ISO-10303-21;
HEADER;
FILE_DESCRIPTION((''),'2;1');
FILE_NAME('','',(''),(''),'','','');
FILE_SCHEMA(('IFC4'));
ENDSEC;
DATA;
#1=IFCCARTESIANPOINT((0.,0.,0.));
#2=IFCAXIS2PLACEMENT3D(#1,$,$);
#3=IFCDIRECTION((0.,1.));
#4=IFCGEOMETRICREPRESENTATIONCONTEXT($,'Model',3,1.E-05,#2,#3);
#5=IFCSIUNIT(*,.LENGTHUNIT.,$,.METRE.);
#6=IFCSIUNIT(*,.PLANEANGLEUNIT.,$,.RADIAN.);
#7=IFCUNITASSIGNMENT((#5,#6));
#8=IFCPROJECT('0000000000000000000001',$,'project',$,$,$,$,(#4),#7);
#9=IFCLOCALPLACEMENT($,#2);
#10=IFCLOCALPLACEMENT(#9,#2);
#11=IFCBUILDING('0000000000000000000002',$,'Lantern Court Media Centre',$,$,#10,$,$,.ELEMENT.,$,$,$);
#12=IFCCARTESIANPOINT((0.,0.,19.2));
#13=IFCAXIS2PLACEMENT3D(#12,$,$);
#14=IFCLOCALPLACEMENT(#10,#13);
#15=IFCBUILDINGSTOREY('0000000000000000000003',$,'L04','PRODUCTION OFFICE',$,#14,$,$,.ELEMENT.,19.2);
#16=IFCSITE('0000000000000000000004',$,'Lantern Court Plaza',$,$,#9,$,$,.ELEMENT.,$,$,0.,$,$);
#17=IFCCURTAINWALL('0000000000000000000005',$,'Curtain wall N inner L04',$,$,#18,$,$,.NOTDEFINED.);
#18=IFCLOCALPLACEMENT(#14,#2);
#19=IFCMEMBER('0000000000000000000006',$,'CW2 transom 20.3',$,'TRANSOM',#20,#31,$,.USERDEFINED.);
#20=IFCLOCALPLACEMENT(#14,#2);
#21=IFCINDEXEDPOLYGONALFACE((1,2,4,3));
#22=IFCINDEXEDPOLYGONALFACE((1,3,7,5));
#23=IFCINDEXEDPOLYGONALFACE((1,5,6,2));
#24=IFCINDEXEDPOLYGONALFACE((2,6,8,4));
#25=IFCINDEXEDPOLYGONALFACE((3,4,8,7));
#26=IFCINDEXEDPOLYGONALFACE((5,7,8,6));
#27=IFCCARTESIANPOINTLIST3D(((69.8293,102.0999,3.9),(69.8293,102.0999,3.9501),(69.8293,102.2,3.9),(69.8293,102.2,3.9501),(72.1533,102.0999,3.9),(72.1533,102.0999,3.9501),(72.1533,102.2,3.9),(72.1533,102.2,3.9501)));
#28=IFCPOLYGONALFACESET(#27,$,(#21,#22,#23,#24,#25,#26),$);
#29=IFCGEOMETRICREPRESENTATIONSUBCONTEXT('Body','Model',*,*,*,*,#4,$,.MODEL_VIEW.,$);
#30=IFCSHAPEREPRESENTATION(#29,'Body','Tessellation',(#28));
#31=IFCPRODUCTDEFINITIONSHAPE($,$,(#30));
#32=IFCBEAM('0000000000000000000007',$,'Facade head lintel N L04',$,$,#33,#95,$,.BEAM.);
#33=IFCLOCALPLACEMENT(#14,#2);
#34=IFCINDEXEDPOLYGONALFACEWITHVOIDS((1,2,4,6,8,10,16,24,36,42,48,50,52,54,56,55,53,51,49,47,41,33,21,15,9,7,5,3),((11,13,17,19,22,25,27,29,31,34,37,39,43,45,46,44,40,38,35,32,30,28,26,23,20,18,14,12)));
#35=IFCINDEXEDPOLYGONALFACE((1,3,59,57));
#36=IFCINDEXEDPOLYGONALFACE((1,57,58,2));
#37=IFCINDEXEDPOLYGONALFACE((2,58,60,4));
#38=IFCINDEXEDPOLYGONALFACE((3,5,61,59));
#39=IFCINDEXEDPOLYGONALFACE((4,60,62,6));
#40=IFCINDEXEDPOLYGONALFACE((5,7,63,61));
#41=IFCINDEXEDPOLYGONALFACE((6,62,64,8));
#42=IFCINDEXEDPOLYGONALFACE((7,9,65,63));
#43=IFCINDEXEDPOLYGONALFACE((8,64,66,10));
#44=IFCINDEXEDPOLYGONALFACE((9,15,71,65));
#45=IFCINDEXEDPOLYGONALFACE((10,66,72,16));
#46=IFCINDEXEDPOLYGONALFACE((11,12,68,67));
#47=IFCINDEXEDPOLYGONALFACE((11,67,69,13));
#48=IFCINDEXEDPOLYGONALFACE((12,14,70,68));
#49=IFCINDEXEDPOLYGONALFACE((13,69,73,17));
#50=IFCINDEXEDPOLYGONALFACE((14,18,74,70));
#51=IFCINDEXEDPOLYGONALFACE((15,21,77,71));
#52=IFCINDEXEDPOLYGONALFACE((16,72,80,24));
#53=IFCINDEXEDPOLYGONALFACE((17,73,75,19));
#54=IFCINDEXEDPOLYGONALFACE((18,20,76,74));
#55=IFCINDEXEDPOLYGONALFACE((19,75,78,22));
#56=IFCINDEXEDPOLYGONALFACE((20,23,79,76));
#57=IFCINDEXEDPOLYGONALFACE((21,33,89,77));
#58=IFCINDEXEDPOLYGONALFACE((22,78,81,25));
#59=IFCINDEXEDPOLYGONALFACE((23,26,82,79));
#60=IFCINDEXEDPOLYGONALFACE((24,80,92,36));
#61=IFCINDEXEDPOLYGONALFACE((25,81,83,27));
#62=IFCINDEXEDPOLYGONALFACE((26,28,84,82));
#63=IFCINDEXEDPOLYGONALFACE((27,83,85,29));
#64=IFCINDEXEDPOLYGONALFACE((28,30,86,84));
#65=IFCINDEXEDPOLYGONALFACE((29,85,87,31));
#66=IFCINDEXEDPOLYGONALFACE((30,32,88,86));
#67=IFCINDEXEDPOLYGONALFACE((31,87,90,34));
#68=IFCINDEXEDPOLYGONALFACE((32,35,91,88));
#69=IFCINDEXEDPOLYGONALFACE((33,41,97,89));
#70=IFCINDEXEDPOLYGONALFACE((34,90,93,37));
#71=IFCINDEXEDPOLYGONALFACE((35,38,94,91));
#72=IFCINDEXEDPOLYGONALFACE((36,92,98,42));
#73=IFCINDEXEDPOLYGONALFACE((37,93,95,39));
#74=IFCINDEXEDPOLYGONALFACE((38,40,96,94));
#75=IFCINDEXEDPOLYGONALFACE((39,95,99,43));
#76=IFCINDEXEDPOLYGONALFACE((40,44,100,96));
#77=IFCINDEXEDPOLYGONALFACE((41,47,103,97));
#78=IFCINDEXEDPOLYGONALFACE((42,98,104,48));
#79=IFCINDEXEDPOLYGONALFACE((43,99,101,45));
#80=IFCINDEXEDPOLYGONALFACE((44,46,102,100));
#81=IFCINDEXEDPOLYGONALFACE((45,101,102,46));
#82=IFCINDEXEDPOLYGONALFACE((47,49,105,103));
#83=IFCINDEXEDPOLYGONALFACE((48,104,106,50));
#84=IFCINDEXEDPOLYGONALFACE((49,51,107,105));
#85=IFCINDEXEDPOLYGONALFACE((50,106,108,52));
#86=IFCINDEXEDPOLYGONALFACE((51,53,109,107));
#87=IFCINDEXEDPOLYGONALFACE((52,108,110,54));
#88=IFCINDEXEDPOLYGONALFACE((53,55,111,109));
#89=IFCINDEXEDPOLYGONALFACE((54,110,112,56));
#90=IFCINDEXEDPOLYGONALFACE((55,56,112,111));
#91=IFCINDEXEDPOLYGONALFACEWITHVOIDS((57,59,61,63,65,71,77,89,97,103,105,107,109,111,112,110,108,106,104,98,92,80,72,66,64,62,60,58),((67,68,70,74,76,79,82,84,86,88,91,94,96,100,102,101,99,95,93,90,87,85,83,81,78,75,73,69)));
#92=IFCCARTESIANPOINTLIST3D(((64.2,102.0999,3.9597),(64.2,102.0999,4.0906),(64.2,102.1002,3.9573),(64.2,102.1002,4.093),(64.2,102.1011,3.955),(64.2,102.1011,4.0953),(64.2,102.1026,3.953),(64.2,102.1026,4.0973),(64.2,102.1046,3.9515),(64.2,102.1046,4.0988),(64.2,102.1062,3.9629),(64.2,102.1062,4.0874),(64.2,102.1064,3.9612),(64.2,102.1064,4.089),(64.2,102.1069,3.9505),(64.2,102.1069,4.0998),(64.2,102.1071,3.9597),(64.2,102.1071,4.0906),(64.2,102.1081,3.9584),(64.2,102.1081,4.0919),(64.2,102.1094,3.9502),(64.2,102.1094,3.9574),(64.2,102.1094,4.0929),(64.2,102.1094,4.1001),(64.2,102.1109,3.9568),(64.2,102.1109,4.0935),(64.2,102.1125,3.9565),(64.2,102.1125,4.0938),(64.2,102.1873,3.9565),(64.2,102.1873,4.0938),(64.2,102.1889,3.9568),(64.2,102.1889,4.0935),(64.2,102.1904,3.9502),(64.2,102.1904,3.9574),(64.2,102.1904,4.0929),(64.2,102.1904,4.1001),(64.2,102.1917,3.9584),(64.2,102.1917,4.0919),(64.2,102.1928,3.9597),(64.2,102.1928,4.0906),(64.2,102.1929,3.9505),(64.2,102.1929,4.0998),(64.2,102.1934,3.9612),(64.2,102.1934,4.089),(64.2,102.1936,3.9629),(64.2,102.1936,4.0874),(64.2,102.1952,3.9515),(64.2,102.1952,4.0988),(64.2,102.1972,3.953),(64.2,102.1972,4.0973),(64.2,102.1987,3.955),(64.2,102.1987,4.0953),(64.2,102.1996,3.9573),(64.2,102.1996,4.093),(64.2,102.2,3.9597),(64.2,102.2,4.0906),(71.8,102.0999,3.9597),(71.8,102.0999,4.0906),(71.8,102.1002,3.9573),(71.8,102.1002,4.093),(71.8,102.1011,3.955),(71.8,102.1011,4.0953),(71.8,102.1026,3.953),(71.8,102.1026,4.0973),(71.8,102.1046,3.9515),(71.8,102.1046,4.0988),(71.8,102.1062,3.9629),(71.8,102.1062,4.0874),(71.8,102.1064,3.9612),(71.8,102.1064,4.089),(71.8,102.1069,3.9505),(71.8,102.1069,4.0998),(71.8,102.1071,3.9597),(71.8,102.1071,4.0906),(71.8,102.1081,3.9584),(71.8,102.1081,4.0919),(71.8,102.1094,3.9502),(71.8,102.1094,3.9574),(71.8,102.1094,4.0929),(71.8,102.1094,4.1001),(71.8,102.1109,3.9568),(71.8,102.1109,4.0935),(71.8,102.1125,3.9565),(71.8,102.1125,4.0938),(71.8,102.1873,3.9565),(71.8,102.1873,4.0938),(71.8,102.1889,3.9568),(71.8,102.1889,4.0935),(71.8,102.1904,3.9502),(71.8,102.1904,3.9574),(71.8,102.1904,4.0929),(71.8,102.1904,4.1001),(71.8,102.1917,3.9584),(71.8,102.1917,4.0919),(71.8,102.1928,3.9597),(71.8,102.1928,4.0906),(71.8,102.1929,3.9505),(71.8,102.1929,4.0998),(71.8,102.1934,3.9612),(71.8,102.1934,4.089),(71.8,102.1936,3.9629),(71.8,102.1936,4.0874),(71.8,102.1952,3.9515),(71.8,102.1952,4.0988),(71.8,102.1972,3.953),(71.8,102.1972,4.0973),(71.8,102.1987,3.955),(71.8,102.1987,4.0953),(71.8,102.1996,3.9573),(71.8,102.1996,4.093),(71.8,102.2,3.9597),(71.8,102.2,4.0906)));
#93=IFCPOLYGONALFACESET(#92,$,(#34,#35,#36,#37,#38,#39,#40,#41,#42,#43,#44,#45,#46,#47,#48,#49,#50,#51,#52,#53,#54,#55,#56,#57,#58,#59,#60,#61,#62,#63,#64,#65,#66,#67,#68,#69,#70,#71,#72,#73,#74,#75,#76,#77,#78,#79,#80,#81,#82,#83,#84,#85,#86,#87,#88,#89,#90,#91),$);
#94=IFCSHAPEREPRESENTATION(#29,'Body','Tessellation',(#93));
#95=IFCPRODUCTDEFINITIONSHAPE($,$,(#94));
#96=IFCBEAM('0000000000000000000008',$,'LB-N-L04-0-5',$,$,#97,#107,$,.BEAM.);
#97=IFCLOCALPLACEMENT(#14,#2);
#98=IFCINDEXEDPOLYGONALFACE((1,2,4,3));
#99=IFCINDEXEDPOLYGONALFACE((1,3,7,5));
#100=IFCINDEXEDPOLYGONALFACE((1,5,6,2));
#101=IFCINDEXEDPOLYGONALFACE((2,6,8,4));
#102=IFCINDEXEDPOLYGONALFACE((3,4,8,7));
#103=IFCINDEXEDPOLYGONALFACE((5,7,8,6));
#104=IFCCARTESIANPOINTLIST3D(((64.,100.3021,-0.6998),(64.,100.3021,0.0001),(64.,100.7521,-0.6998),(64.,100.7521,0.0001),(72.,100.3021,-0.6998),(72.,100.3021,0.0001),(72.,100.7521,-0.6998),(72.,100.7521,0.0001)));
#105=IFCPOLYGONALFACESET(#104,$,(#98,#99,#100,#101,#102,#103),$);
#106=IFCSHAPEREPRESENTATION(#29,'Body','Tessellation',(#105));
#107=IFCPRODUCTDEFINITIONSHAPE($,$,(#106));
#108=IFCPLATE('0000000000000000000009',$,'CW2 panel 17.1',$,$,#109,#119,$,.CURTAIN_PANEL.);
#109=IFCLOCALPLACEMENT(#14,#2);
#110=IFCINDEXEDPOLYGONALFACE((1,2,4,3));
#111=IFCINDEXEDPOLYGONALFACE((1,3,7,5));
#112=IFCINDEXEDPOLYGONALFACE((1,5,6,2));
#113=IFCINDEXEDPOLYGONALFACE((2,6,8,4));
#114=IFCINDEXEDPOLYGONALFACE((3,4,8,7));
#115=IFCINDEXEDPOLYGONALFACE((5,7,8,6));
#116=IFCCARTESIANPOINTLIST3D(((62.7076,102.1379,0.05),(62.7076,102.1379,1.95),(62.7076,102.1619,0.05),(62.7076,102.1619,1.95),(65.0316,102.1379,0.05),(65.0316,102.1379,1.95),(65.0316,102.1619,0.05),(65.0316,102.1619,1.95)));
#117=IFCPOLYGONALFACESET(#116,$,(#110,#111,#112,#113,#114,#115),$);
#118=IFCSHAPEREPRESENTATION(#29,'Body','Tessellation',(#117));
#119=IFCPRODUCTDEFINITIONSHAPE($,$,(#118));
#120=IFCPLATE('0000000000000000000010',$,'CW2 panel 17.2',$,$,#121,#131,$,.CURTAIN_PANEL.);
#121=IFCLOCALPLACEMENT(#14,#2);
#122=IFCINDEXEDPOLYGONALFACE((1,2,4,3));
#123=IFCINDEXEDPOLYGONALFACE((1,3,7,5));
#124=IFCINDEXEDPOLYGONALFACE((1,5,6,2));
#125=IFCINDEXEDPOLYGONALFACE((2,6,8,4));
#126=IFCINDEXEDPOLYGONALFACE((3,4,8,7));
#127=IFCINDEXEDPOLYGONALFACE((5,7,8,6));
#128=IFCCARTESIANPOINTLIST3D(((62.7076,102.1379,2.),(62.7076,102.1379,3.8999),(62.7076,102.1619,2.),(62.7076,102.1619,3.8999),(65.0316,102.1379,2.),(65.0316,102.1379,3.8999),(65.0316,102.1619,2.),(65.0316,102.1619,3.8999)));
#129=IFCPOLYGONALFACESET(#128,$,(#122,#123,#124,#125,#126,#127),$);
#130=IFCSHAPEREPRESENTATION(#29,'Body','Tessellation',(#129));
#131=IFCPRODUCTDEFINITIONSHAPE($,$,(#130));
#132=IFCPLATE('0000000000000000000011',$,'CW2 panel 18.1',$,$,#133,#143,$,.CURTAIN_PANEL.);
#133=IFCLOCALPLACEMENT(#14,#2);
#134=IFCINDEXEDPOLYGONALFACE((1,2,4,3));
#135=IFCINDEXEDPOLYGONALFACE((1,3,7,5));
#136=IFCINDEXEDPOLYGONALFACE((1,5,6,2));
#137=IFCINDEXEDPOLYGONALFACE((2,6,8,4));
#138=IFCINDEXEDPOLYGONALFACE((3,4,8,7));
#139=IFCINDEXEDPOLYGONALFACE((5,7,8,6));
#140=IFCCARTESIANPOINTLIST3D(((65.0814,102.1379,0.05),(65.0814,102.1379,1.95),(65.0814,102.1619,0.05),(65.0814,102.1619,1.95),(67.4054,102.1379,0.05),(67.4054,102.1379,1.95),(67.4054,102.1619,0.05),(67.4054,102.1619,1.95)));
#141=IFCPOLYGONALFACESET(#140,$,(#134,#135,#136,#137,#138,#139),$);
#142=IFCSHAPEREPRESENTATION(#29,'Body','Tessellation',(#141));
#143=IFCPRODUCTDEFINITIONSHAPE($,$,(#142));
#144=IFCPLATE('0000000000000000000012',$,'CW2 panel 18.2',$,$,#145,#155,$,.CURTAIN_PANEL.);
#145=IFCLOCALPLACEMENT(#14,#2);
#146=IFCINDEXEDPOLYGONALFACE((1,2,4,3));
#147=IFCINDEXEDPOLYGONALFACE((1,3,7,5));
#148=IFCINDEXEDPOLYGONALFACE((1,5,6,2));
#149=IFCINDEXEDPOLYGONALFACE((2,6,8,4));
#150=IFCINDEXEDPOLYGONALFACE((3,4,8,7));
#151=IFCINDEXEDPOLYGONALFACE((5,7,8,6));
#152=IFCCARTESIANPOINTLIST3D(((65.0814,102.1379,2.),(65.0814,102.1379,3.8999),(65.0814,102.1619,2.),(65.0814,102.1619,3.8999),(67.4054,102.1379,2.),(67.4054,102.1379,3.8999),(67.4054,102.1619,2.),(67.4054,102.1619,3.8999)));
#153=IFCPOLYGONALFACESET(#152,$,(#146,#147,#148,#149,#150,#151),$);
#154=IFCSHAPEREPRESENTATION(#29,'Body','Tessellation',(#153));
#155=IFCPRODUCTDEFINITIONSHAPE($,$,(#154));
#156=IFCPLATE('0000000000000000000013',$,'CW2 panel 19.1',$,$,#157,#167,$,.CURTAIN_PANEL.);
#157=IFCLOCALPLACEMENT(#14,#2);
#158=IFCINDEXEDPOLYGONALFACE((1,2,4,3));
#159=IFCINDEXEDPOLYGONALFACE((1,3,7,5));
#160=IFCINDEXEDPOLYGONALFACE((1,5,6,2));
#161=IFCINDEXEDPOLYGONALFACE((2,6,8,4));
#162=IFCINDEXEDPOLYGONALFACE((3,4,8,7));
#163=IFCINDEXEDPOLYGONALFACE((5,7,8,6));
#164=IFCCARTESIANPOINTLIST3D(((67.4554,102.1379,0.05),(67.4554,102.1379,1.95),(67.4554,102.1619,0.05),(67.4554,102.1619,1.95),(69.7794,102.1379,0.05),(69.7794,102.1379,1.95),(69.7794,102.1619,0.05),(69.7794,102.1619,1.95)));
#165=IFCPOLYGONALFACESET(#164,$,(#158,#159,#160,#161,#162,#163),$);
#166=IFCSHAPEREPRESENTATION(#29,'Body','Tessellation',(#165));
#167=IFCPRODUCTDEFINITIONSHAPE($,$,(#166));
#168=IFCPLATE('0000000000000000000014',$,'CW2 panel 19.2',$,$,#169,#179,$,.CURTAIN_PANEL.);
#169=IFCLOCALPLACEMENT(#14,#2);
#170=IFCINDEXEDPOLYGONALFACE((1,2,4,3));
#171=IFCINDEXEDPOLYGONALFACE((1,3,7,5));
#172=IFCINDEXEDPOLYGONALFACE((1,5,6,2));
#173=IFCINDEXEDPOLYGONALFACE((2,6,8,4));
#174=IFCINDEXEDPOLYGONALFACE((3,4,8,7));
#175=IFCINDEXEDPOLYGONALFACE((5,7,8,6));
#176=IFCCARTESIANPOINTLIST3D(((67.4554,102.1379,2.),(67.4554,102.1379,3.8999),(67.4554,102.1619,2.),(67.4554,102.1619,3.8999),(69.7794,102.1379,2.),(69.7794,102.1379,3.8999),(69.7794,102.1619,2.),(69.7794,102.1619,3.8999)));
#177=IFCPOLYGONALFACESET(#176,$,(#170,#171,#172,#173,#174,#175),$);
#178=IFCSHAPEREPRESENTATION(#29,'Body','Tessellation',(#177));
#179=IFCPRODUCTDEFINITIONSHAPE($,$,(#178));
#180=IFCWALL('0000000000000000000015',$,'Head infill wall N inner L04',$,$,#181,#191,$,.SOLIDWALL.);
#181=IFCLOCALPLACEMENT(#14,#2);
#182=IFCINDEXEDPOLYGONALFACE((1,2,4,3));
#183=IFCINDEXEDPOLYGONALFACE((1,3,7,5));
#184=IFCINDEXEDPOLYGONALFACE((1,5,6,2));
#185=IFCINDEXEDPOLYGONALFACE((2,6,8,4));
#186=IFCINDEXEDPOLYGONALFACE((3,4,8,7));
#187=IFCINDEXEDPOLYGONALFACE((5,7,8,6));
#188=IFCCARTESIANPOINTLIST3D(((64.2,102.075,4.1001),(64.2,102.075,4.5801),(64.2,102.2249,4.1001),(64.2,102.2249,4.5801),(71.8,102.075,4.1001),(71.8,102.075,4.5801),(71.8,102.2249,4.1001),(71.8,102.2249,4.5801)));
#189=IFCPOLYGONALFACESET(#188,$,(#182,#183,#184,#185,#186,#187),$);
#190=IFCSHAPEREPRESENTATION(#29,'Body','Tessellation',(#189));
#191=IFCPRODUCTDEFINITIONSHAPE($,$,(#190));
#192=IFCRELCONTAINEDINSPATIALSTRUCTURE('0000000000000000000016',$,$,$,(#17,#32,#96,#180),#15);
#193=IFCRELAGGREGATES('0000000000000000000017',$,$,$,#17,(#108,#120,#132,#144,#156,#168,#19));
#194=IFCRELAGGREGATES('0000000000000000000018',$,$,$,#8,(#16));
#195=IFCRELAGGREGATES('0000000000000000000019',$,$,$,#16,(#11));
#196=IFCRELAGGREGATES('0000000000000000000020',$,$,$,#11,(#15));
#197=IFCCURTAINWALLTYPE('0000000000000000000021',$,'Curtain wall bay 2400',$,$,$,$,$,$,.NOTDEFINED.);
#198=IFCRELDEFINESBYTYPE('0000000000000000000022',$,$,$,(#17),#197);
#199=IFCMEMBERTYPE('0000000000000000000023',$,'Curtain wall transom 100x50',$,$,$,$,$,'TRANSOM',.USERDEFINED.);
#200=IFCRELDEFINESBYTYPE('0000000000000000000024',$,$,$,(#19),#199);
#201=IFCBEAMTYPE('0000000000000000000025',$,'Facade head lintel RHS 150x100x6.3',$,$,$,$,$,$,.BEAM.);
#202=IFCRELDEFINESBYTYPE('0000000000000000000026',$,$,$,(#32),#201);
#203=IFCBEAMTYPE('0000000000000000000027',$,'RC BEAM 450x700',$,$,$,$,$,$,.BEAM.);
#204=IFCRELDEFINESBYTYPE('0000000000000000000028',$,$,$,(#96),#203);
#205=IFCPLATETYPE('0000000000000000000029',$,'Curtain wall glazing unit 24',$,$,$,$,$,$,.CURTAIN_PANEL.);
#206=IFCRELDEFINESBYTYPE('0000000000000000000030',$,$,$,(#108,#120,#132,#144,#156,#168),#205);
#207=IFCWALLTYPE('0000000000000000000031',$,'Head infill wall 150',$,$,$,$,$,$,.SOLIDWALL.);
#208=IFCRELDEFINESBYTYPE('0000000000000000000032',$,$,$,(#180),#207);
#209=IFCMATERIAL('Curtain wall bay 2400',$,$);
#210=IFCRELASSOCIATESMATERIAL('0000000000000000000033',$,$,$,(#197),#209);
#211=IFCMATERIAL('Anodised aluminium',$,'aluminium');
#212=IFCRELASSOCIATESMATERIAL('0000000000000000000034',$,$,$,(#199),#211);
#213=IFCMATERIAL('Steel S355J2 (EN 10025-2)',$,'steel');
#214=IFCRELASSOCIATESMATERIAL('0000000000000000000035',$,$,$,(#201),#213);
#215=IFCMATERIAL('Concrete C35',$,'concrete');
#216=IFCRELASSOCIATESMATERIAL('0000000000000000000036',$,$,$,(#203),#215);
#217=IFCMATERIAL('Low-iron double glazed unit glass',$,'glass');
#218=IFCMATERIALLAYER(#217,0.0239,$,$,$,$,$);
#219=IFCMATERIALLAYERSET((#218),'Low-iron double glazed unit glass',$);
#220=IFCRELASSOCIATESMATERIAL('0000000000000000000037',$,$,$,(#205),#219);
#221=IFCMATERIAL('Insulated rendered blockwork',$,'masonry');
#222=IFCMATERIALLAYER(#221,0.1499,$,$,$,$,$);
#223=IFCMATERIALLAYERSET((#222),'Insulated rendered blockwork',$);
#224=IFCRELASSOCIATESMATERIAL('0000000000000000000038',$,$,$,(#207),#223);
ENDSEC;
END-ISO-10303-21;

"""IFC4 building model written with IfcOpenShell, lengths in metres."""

from ifc_helpers import new_model, si_unit, direction, frame, frame_2d, origin, origin_2d, place, context, subcontext, project, spatial, rectangle, hollow_rectangle, extrude, material, layer, layer_set, material_profile, profile_set, type_object, element, aggregate, save


model = new_model("IFC4")

# Units and contexts
model_context = context("Model", 3, precision=1e-05, world=origin(), true_north=direction((0.0, 1.0)))
body_context = subcontext(model_context, "Body", "Model", "MODEL_VIEW")
ifc_project = project(units=[si_unit("LENGTHUNIT", "METRE"), si_unit("PLANEANGLEUNIT", "RADIAN")], contexts=[model_context])

# Site, building, storey
site_placement = place(None, origin())
site = spatial("IfcSite", under=ifc_project, at=site_placement, Name="Lantern Court Plaza", CompositionType="ELEMENT", RefElevation=0.0)
building_placement = place(site_placement, origin())
building = spatial("IfcBuilding", under=site, at=building_placement, Name="Lantern Court Media Centre", CompositionType="ELEMENT")
storey_placement = place(building_placement, frame((0.0, 0.0, 19.2)))
storey = spatial("IfcBuildingStorey", under=building, at=storey_placement, Name="L04", Description="PRODUCTION OFFICE", CompositionType="ELEMENT", Elevation=19.2)

# Shared definitions
ifc_material_1 = material(Name="Concrete C35", Category="concrete")

# Curtain wall, member
ifc_material_2 = material(Name="Curtain wall bay 2400")
curtain_wall_type = type_object("IfcCurtainWallType", Name="Curtain wall bay 2400", PredefinedType="NOTDEFINED", material=ifc_material_2)
curtain_wall_placement = place(storey_placement, origin())
curtain_wall = element("IfcCurtainWall", 1, at=curtain_wall_placement, inside=storey, type_object=curtain_wall_type, Name="Curtain wall N inner L04", PredefinedType="NOTDEFINED")
ifc_material_3 = material(Name="Anodised aluminium", Category="aluminium")
ifc_material_profile_1 = material_profile(ifc_material_3, rectangle(XDim=0.1001, YDim=0.05, at=origin_2d()), Name="AL 50x100")
ifc_profile_set_1 = profile_set([ifc_material_profile_1], Name="Anodised aluminium")
member_type_1 = type_object("IfcMemberType", Name="Curtain wall transom 100x50", ElementType="TRANSOM", PredefinedType="USERDEFINED", material=ifc_profile_set_1)
member_1_placement = place(storey_placement, frame((69.8293, 102.1499, 3.925), z_axis=(1.0, 0.0, 0.0), x_axis=(0.0, 1.0, 0.0)))
member_1 = element("IfcMember", 2, at=member_1_placement, type_object=member_type_1, Name="CW2 transom 20.3", ObjectType="TRANSOM", PredefinedType="USERDEFINED", context=body_context, shape_type="SweptSolid", body=[
    extrude(rectangle(XDim=0.1001, YDim=0.05, at=origin_2d()), origin(), (0.0, 0.0, 1.0), 2.324),
])

# Beams
ifc_material_4 = material(Name="Steel S355J2 (EN 10025-2)", Category="steel")
ifc_material_profile_2 = material_profile(ifc_material_4, hollow_rectangle(XDim=0.1001, YDim=0.1499, WallThickness=0.0063, InnerFilletRadius=0.0063, OuterFilletRadius=0.0095, at=origin_2d()), Name="Facade head lintel RHS 150x100x6.3")
ifc_profile_set_2 = profile_set([ifc_material_profile_2], Name="Steel S355J2 (EN 10025-2)")
beam_type_1 = type_object("IfcBeamType", Name="Facade head lintel RHS 150x100x6.3", PredefinedType="BEAM", material=ifc_profile_set_2)
beam_1_placement = place(storey_placement, frame((64.2, 102.1499, 4.0251), z_axis=(1.0, 0.0, 0.0), x_axis=(0.0, 1.0, 0.0)))
element("IfcBeam", 3, at=beam_1_placement, inside=storey, type_object=beam_type_1, Name="Facade head lintel N L04", PredefinedType="BEAM", context=body_context, shape_type="SweptSolid", body=[
    extrude(hollow_rectangle(XDim=0.1001, YDim=0.1499, WallThickness=0.0063, InnerFilletRadius=0.0063, OuterFilletRadius=0.0095, at=origin_2d()), origin(), (0.0, 0.0, 1.0), 7.6001),
])
ifc_material_profile_3 = material_profile(ifc_material_1, rectangle(XDim=0.45, YDim=0.7, at=origin_2d()), Name="RC 450x700")
ifc_profile_set_3 = profile_set([ifc_material_profile_3], Name="Concrete C35")
beam_type_2 = type_object("IfcBeamType", Name="RC BEAM 450x700", PredefinedType="BEAM", material=ifc_profile_set_3)
beam_2_placement = place(storey_placement, frame((64.0, 100.5271, -0.3499), z_axis=(1.0, 0.0, 0.0), x_axis=(0.0, 1.0, 0.0)))
element("IfcBeam", 4, at=beam_2_placement, inside=storey, type_object=beam_type_2, Name="LB-N-L04-0-5", PredefinedType="BEAM", context=body_context, shape_type="SweptSolid", body=[
    extrude(rectangle(XDim=0.45, YDim=0.7, at=origin_2d()), origin(), (0.0, 0.0, 1.0), 8.0),
])

# Plates
ifc_material_5 = material(Name="Low-iron double glazed unit glass", Category="glass")
ifc_layer_1 = layer(ifc_material_5, 0.0239)
ifc_layer_set_1 = layer_set([ifc_layer_1], Name="Low-iron double glazed unit glass")
plate_type = type_object("IfcPlateType", Name="Curtain wall glazing unit 24", PredefinedType="CURTAIN_PANEL", material=ifc_layer_set_1)
plate_1_placement = place(storey_placement, frame((63.8696, 102.1499, 0.05), z_axis=(0.0, 0.0, 1.0), x_axis=(1.0, 0.0, 0.0)))
plate_1 = element("IfcPlate", 5, at=plate_1_placement, type_object=plate_type, Name="CW2 panel 17.1", PredefinedType="CURTAIN_PANEL", context=body_context, shape_type="SweptSolid", body=[
    extrude(rectangle(XDim=2.324, YDim=0.0239, at=origin_2d()), origin(), (0.0, 0.0, 1.0), 1.8999),
])
plate_2_placement = place(storey_placement, frame((63.8696, 102.1499, 2.0), z_axis=(0.0, 0.0, 1.0), x_axis=(1.0, 0.0, 0.0)))
plate_2 = element("IfcPlate", 6, at=plate_2_placement, type_object=plate_type, Name="CW2 panel 17.2", PredefinedType="CURTAIN_PANEL", context=body_context, shape_type="SweptSolid", body=[
    extrude(rectangle(XDim=2.324, YDim=0.0239, at=origin_2d()), origin(), (0.0, 0.0, 1.0), 1.8999),
])
plate_3_placement = place(storey_placement, frame((66.2434, 102.1499, 0.05), z_axis=(0.0, 0.0, 1.0), x_axis=(1.0, 0.0, 0.0)))
plate_3 = element("IfcPlate", 7, at=plate_3_placement, type_object=plate_type, Name="CW2 panel 18.1", PredefinedType="CURTAIN_PANEL", context=body_context, shape_type="SweptSolid", body=[
    extrude(rectangle(XDim=2.324, YDim=0.0239, at=origin_2d()), origin(), (0.0, 0.0, 1.0), 1.8999),
])
plate_4_placement = place(storey_placement, frame((66.2434, 102.1499, 2.0), z_axis=(0.0, 0.0, 1.0), x_axis=(1.0, 0.0, 0.0)))
plate_4 = element("IfcPlate", 8, at=plate_4_placement, type_object=plate_type, Name="CW2 panel 18.2", PredefinedType="CURTAIN_PANEL", context=body_context, shape_type="SweptSolid", body=[
    extrude(rectangle(XDim=2.324, YDim=0.0239, at=origin_2d()), origin(), (0.0, 0.0, 1.0), 1.8999),
])
plate_5_placement = place(storey_placement, frame((68.6174, 102.1499, 0.05), z_axis=(0.0, 0.0, 1.0), x_axis=(1.0, 0.0, 0.0)))
plate_5 = element("IfcPlate", 9, at=plate_5_placement, type_object=plate_type, Name="CW2 panel 19.1", PredefinedType="CURTAIN_PANEL", context=body_context, shape_type="SweptSolid", body=[
    extrude(rectangle(XDim=2.324, YDim=0.0239, at=origin_2d()), origin(), (0.0, 0.0, 1.0), 1.8999),
])
plate_6_placement = place(storey_placement, frame((68.6174, 102.1499, 2.0), z_axis=(0.0, 0.0, 1.0), x_axis=(1.0, 0.0, 0.0)))
plate_6 = element("IfcPlate", 10, at=plate_6_placement, type_object=plate_type, Name="CW2 panel 19.2", PredefinedType="CURTAIN_PANEL", context=body_context, shape_type="SweptSolid", body=[
    extrude(rectangle(XDim=2.324, YDim=0.0239, at=origin_2d()), origin(), (0.0, 0.0, 1.0), 1.8999),
])
aggregate(curtain_wall, [plate_1, plate_2, plate_3, plate_4, plate_5, plate_6, member_1])

# Wall
ifc_material_6 = material(Name="Insulated rendered blockwork", Category="masonry")
ifc_layer_2 = layer(ifc_material_6, 0.1499)
ifc_layer_set_2 = layer_set([ifc_layer_2], Name="Insulated rendered blockwork")
wall_type = type_object("IfcWallType", Name="Head infill wall 150", PredefinedType="SOLIDWALL", material=ifc_layer_set_2)
wall_placement = place(storey_placement, frame((64.2, 102.1499, 4.1001), z_axis=(0.0, 0.0, 1.0), x_axis=(1.0, 0.0, 0.0)))
element("IfcWall", 11, at=wall_placement, inside=storey, type_object=wall_type, Name="Head infill wall N inner L04", PredefinedType="SOLIDWALL", context=body_context, shape_type="SweptSolid", body=[
    extrude(rectangle(XDim=7.6001, YDim=0.1499, at=frame_2d((3.8, 0.0))), origin(), (0.0, 0.0, 1.0), 0.48),
])

save(model, "model.ifc")
